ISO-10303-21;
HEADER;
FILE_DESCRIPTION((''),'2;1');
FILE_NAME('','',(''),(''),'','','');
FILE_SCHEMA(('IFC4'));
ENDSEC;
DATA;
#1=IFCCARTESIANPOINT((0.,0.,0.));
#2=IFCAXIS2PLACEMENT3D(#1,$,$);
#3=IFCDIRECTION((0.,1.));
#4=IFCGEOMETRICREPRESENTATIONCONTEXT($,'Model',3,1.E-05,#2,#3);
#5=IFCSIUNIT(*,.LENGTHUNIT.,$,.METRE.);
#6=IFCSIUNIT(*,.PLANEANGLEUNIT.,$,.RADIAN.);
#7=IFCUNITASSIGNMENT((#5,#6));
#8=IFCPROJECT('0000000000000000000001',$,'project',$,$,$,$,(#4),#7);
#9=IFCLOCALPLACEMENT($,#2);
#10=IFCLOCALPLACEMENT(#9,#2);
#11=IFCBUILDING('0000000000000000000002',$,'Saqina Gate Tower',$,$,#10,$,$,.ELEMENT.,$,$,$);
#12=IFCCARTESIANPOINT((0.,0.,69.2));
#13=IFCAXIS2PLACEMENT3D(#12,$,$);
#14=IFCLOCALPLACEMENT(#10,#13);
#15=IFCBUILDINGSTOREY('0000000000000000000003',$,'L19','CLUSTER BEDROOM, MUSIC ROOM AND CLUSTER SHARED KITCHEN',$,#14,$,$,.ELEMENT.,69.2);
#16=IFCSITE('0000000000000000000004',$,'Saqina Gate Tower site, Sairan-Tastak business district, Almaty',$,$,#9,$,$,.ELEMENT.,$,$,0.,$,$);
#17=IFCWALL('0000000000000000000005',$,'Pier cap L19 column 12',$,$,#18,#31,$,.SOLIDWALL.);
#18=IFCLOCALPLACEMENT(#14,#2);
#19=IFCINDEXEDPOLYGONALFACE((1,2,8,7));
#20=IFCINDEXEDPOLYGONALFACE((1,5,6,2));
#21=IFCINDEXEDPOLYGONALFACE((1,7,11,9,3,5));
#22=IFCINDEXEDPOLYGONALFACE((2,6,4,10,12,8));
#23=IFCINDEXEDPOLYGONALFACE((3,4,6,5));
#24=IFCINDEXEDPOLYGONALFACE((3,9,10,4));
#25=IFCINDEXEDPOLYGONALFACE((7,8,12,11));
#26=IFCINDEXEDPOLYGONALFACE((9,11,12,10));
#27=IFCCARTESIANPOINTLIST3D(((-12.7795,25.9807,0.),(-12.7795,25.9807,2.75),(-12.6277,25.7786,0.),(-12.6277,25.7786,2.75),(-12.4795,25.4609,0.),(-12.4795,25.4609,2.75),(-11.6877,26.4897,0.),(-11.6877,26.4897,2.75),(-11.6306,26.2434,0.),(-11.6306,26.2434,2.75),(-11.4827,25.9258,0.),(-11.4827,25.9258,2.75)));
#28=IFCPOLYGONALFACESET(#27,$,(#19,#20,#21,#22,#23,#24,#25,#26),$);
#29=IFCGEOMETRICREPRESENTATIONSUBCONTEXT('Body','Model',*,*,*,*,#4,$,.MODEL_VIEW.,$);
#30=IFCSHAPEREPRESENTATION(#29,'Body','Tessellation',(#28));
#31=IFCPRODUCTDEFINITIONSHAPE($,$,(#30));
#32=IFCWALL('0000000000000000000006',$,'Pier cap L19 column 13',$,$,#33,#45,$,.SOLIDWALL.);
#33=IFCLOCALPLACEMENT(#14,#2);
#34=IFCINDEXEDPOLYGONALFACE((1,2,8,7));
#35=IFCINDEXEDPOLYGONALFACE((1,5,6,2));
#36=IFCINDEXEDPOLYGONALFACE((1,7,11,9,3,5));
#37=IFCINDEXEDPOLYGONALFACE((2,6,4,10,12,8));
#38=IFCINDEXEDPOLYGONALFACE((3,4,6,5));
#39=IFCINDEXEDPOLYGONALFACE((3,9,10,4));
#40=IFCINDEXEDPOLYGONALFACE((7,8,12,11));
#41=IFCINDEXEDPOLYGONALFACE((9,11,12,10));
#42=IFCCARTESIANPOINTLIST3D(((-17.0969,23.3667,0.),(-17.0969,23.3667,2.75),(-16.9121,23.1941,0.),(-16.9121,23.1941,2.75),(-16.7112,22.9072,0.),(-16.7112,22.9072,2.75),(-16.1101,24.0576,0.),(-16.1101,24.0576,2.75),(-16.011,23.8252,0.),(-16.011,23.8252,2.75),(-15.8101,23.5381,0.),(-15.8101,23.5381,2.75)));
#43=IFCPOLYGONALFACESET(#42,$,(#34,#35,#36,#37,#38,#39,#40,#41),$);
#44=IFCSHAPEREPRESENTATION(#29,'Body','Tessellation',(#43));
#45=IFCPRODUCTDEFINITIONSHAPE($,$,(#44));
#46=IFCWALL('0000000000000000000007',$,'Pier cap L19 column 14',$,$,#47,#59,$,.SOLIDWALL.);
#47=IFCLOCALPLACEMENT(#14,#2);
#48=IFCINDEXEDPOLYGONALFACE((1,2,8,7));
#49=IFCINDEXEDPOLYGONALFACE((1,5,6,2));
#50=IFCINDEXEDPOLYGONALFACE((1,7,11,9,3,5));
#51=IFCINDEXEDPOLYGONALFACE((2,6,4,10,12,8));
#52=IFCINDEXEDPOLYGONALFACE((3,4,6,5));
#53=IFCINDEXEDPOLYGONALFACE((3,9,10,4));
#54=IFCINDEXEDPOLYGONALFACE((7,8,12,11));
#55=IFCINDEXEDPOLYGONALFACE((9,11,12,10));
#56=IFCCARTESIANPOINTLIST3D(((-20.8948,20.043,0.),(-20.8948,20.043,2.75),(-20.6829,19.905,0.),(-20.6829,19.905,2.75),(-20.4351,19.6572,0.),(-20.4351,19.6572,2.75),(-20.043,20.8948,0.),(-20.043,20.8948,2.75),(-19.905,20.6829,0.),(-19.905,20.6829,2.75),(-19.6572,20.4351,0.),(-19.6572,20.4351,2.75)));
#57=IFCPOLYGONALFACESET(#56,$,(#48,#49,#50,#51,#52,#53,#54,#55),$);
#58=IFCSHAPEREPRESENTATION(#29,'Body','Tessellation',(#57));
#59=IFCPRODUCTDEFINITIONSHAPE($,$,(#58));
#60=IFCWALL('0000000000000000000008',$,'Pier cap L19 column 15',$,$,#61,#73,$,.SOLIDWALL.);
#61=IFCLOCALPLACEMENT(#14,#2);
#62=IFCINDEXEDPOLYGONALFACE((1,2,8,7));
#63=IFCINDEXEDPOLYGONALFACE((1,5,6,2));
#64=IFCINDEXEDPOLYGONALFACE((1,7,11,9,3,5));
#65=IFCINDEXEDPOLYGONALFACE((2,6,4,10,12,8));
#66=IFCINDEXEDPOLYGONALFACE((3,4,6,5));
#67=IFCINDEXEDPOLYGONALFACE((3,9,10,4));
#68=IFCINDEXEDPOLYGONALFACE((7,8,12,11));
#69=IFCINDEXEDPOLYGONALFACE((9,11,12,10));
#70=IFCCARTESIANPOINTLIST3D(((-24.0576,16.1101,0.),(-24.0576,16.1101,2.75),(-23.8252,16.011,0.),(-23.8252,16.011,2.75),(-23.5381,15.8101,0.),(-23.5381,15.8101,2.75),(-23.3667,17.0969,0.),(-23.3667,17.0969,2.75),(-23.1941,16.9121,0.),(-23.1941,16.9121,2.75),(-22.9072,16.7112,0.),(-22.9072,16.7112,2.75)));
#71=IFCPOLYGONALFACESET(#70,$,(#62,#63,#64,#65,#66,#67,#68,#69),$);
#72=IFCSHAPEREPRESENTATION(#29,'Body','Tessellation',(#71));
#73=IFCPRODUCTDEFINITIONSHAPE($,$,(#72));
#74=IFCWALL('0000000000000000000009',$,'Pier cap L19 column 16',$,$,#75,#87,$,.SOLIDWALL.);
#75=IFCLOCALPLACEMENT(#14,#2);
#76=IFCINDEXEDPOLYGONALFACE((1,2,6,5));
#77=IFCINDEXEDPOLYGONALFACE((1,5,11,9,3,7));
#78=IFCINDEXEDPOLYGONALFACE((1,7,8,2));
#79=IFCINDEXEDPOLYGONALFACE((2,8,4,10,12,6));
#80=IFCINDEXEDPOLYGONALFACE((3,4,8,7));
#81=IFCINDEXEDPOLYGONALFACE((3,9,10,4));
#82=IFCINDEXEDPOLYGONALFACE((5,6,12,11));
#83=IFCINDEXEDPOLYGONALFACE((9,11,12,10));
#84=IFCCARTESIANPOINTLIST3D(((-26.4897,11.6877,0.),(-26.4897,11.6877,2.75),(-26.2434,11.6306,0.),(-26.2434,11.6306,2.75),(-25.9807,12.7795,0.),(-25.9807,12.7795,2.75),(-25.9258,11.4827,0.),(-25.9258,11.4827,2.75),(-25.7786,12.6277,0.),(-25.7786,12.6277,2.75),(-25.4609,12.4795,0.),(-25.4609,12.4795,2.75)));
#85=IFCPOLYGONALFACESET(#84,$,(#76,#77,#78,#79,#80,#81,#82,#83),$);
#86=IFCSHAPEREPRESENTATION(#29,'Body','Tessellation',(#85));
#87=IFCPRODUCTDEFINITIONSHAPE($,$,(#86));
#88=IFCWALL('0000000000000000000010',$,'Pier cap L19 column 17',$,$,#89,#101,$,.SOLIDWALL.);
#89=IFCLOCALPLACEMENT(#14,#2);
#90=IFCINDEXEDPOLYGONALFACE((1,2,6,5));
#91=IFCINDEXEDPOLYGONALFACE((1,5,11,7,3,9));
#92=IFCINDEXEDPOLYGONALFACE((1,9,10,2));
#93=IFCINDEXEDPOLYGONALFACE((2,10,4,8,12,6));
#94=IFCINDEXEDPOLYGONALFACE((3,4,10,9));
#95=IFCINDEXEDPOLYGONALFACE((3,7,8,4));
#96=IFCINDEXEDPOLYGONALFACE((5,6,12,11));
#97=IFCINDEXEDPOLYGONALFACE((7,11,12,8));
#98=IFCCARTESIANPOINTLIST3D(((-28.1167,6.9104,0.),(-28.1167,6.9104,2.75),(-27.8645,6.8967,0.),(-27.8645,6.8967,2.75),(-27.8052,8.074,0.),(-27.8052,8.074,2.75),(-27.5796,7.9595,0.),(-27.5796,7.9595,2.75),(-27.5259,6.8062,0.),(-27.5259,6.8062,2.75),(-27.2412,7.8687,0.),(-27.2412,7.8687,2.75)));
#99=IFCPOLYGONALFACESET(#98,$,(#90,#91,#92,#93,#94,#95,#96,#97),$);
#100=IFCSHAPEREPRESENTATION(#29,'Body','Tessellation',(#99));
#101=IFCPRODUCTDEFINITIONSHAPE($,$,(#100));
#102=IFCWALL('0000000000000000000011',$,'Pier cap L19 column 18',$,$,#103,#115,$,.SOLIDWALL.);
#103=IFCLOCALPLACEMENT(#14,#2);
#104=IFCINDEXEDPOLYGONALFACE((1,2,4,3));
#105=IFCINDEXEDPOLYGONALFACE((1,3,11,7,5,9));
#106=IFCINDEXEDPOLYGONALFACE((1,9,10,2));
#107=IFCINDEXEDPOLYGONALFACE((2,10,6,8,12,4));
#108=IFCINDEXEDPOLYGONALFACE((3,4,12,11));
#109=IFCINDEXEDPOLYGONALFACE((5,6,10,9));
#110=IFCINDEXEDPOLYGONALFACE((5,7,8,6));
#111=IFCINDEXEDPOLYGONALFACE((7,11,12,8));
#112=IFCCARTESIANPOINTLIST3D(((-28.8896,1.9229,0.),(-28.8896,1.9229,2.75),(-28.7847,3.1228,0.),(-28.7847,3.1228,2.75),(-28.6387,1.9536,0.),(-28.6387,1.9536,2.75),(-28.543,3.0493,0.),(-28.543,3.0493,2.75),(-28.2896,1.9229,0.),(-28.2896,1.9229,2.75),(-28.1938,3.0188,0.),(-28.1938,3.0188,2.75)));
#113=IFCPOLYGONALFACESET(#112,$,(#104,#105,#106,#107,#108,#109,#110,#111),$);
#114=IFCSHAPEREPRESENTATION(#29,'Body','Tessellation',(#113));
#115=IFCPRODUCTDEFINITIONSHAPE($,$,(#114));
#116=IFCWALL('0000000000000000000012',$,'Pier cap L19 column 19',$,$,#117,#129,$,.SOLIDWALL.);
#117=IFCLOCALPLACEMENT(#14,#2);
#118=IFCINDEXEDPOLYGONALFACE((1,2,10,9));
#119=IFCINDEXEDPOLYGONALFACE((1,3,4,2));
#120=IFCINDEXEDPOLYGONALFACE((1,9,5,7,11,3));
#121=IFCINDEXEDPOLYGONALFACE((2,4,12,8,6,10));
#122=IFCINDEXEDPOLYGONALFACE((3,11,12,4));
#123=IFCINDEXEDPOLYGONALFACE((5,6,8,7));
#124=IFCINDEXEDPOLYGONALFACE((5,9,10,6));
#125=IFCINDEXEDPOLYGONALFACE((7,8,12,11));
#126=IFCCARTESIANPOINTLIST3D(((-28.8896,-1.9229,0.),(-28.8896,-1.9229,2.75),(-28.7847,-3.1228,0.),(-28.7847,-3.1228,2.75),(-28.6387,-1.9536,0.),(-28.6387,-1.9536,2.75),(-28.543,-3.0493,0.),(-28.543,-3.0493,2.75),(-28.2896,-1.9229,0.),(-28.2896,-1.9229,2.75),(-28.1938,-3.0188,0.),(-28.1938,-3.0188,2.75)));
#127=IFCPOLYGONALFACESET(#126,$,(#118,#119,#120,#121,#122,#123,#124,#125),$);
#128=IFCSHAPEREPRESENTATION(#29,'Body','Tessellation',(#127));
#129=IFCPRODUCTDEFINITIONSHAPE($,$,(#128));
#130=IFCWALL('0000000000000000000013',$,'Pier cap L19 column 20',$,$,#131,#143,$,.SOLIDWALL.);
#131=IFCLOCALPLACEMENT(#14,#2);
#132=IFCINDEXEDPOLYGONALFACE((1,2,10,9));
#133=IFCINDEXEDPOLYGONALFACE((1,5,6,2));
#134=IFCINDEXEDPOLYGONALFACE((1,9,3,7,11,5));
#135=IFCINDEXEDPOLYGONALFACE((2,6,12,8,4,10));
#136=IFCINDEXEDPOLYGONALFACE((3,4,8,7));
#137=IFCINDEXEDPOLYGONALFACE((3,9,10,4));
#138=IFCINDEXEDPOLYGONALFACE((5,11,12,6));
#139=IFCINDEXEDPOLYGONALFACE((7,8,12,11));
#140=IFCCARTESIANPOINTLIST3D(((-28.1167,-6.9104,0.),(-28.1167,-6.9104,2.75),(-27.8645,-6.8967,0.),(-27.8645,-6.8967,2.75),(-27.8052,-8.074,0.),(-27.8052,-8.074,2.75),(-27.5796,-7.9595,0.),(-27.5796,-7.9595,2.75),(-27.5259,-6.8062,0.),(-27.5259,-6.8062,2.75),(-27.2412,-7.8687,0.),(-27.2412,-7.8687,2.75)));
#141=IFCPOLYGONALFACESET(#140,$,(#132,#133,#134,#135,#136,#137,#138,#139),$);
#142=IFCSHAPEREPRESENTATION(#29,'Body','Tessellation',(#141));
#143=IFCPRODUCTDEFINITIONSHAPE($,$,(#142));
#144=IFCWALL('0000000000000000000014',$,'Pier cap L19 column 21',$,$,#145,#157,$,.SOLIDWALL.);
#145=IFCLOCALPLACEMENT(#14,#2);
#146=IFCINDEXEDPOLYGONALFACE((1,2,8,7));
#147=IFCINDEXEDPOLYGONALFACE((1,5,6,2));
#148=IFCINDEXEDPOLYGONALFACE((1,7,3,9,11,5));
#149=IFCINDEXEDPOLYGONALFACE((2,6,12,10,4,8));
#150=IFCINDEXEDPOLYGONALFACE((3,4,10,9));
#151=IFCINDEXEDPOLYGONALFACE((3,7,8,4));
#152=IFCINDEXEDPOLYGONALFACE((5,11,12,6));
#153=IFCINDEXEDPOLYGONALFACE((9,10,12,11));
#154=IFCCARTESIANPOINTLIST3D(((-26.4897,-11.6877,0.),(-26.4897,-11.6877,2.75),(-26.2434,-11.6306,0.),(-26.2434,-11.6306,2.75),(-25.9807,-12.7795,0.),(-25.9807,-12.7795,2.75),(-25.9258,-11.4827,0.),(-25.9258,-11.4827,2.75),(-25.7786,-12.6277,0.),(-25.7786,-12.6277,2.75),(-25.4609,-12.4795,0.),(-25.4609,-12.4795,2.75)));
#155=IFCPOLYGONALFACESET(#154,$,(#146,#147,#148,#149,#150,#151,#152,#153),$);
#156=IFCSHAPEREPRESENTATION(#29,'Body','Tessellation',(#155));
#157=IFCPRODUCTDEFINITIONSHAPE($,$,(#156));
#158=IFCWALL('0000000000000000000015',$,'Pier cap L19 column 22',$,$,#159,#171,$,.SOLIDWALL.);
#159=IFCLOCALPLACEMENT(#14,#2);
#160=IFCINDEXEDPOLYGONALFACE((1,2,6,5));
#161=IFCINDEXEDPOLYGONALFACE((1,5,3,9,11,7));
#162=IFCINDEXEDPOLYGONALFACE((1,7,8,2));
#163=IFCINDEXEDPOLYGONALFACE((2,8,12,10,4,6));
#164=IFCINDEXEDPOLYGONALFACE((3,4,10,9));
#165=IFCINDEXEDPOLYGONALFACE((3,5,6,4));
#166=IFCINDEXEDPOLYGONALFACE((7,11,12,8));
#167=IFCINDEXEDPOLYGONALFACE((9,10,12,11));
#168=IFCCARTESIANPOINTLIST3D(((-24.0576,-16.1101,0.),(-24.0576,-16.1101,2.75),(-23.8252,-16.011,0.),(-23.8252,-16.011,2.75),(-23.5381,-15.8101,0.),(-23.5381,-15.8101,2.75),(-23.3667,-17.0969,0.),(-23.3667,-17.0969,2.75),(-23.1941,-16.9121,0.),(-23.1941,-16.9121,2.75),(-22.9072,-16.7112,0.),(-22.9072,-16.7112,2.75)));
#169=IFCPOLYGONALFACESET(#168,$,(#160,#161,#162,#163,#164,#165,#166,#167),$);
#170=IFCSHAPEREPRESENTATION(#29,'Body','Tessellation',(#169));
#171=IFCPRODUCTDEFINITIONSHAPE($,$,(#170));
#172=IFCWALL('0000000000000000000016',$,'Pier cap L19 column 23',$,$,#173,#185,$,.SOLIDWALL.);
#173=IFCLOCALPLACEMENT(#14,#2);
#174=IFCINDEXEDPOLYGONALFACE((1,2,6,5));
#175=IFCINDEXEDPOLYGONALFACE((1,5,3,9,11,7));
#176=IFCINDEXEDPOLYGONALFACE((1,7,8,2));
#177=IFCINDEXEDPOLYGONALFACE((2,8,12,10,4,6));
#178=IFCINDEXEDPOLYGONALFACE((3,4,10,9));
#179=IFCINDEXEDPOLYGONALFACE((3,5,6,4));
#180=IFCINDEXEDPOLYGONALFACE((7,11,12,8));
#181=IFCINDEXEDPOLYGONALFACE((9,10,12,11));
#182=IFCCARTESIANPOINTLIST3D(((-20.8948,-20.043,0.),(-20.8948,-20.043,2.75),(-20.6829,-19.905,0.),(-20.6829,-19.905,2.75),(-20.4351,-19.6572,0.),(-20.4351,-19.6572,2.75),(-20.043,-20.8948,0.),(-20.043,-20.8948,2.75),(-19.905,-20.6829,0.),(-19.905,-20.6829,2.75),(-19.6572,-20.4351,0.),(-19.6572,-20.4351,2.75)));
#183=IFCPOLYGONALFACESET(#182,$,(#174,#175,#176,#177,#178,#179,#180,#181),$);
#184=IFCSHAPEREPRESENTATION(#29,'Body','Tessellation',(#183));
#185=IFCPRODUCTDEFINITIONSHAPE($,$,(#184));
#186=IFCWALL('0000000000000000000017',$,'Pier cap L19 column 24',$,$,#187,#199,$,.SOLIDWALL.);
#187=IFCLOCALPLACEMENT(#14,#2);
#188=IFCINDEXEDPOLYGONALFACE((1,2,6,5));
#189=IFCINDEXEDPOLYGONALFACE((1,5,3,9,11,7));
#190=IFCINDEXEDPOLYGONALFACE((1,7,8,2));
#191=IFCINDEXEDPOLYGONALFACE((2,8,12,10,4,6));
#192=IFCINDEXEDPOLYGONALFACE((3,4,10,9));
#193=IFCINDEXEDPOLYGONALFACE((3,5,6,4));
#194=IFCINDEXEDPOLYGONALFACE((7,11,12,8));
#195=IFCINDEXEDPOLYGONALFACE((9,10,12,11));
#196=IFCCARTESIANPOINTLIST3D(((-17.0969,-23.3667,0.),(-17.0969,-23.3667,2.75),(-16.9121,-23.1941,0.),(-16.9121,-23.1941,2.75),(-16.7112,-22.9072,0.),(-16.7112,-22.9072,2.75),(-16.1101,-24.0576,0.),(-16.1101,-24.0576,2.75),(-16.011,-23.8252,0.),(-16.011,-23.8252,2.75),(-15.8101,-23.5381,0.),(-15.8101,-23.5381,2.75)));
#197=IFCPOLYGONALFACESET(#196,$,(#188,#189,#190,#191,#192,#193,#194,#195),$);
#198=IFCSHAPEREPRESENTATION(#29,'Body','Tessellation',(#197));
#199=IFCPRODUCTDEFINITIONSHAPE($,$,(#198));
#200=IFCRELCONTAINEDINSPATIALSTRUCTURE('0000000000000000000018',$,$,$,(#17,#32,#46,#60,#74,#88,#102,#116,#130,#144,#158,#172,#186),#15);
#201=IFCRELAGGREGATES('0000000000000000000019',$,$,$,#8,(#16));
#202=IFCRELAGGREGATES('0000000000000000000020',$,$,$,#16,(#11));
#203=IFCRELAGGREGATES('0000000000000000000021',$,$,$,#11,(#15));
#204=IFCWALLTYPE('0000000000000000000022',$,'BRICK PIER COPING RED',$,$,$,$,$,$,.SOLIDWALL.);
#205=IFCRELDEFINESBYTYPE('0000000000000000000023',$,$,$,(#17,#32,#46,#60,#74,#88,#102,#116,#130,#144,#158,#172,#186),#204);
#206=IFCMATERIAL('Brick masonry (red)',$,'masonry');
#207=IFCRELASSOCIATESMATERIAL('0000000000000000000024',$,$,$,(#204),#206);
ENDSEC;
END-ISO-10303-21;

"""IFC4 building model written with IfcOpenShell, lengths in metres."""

from ifc_helpers import new_model, si_unit, direction, frame, origin, place, context, subcontext, project, spatial, polyline, outline, extrude, material, type_object, element, save


model = new_model("IFC4")

# Units and contexts
model_context = context("Model", 3, precision=1e-05, world=origin(), true_north=direction((0.0, 1.0)))
body_context = subcontext(model_context, "Body", "Model", "MODEL_VIEW")
ifc_project = project(units=[si_unit("LENGTHUNIT", "METRE"), si_unit("PLANEANGLEUNIT", "RADIAN")], contexts=[model_context])

# Site, building, storey
site_placement = place(None, origin())
site = spatial("IfcSite", under=ifc_project, at=site_placement, Name="Saqina Gate Tower site, Sairan-Tastak business district, Almaty", CompositionType="ELEMENT", RefElevation=0.0)
building_placement = place(site_placement, origin())
building = spatial("IfcBuilding", under=site, at=building_placement, Name="Saqina Gate Tower", CompositionType="ELEMENT")
storey_placement = place(building_placement, frame((0.0, 0.0, 69.2)))
storey = spatial("IfcBuildingStorey", under=building, at=storey_placement, Name="L19", Description="CLUSTER BEDROOM, MUSIC ROOM AND CLUSTER SHARED KITCHEN", CompositionType="ELEMENT", Elevation=69.2)

# Walls
ifc_material_1 = material(Name="Brick masonry (red)", Category="masonry")
wall_type = type_object("IfcWallType", Name="BRICK PIER COPING RED", PredefinedType="SOLIDWALL", material=ifc_material_1)
wall_1_placement = place(storey_placement, origin())
element("IfcWall", 1, at=wall_1_placement, inside=storey, type_object=wall_type, Name="Pier cap L19 column 12", PredefinedType="SOLIDWALL", context=body_context, shape_type="SweptSolid", body=[
    extrude(outline(polyline([(-12.7795, 25.9807), (-12.4795, 25.4609), (-12.6277, 25.7786), (-11.6306, 26.2434), (-11.4827, 25.9258), (-11.6877, 26.4897), (-12.7795, 25.9807)])), origin(), (0.0, 0.0, 1.0), 2.75),
])
wall_2_placement = place(storey_placement, origin())
element("IfcWall", 2, at=wall_2_placement, inside=storey, type_object=wall_type, Name="Pier cap L19 column 13", PredefinedType="SOLIDWALL", context=body_context, shape_type="SweptSolid", body=[
    extrude(outline(polyline([(-16.1101, 24.0576), (-17.0969, 23.3667), (-16.7112, 22.9072), (-16.9121, 23.1941), (-16.011, 23.8252), (-15.8101, 23.5381), (-16.1101, 24.0576)])), origin(), (0.0, 0.0, 1.0), 2.75),
])
wall_3_placement = place(storey_placement, origin())
element("IfcWall", 3, at=wall_3_placement, inside=storey, type_object=wall_type, Name="Pier cap L19 column 14", PredefinedType="SOLIDWALL", context=body_context, shape_type="SweptSolid", body=[
    extrude(outline(polyline([(-20.8948, 20.043), (-20.4351, 19.6572), (-20.6829, 19.905), (-19.905, 20.6829), (-19.6572, 20.4351), (-20.043, 20.8948), (-20.8948, 20.043)])), origin(), (0.0, 0.0, 1.0), 2.75),
])
wall_4_placement = place(storey_placement, origin())
element("IfcWall", 4, at=wall_4_placement, inside=storey, type_object=wall_type, Name="Pier cap L19 column 15", PredefinedType="SOLIDWALL", context=body_context, shape_type="SweptSolid", body=[
    extrude(outline(polyline([(-23.3667, 17.0969), (-24.0576, 16.1101), (-23.5381, 15.8101), (-23.8252, 16.011), (-23.1941, 16.9121), (-22.9072, 16.7112), (-23.3667, 17.0969)])), origin(), (0.0, 0.0, 1.0), 2.75),
])
wall_5_placement = place(storey_placement, origin())
element("IfcWall", 5, at=wall_5_placement, inside=storey, type_object=wall_type, Name="Pier cap L19 column 16", PredefinedType="SOLIDWALL", context=body_context, shape_type="SweptSolid", body=[
    extrude(outline(polyline([(-26.4897, 11.6877), (-25.9258, 11.4827), (-26.2434, 11.6306), (-25.7786, 12.6277), (-25.4609, 12.4795), (-25.9807, 12.7795), (-26.4897, 11.6877)])), origin(), (0.0, 0.0, 1.0), 2.75),
])
wall_6_placement = place(storey_placement, origin())
element("IfcWall", 6, at=wall_6_placement, inside=storey, type_object=wall_type, Name="Pier cap L19 column 17", PredefinedType="SOLIDWALL", context=body_context, shape_type="SweptSolid", body=[
    extrude(outline(polyline([(-28.1167, 6.9104), (-27.5259, 6.8062), (-27.8645, 6.8967), (-27.5796, 7.9595), (-27.2412, 7.8687), (-27.8052, 8.074), (-28.1167, 6.9104)])), origin(), (0.0, 0.0, 1.0), 2.75),
])
wall_7_placement = place(storey_placement, origin())
element("IfcWall", 7, at=wall_7_placement, inside=storey, type_object=wall_type, Name="Pier cap L19 column 18", PredefinedType="SOLIDWALL", context=body_context, shape_type="SweptSolid", body=[
    extrude(outline(polyline([(-28.7847, 3.1228), (-28.8896, 1.9229), (-28.2896, 1.9229), (-28.6387, 1.9536), (-28.543, 3.0493), (-28.1938, 3.0188), (-28.7847, 3.1228)])), origin(), (0.0, 0.0, 1.0), 2.75),
])
wall_8_placement = place(storey_placement, origin())
element("IfcWall", 8, at=wall_8_placement, inside=storey, type_object=wall_type, Name="Pier cap L19 column 19", PredefinedType="SOLIDWALL", context=body_context, shape_type="SweptSolid", body=[
    extrude(outline(polyline([(-28.8896, -1.9229), (-28.7847, -3.1228), (-28.1938, -3.0188), (-28.543, -3.0493), (-28.6387, -1.9536), (-28.2896, -1.9229), (-28.8896, -1.9229)])), origin(), (0.0, 0.0, 1.0), 2.75),
])
wall_9_placement = place(storey_placement, origin())
element("IfcWall", 9, at=wall_9_placement, inside=storey, type_object=wall_type, Name="Pier cap L19 column 20", PredefinedType="SOLIDWALL", context=body_context, shape_type="SweptSolid", body=[
    extrude(outline(polyline([(-28.1167, -6.9104), (-27.8052, -8.074), (-27.2412, -7.8687), (-27.5796, -7.9595), (-27.8645, -6.8967), (-27.5259, -6.8062), (-28.1167, -6.9104)])), origin(), (0.0, 0.0, 1.0), 2.75),
])
wall_10_placement = place(storey_placement, origin())
element("IfcWall", 10, at=wall_10_placement, inside=storey, type_object=wall_type, Name="Pier cap L19 column 21", PredefinedType="SOLIDWALL", context=body_context, shape_type="SweptSolid", body=[
    extrude(outline(polyline([(-25.9807, -12.7795), (-25.4609, -12.4795), (-25.7786, -12.6277), (-26.2434, -11.6306), (-25.9258, -11.4827), (-26.4897, -11.6877), (-25.9807, -12.7795)])), origin(), (0.0, 0.0, 1.0), 2.75),
])
wall_11_placement = place(storey_placement, origin())
element("IfcWall", 11, at=wall_11_placement, inside=storey, type_object=wall_type, Name="Pier cap L19 column 22", PredefinedType="SOLIDWALL", context=body_context, shape_type="SweptSolid", body=[
    extrude(outline(polyline([(-24.0576, -16.1101), (-23.3667, -17.0969), (-22.9072, -16.7112), (-23.1941, -16.9121), (-23.8252, -16.011), (-23.5381, -15.8101), (-24.0576, -16.1101)])), origin(), (0.0, 0.0, 1.0), 2.75),
])
wall_12_placement = place(storey_placement, origin())
element("IfcWall", 12, at=wall_12_placement, inside=storey, type_object=wall_type, Name="Pier cap L19 column 23", PredefinedType="SOLIDWALL", context=body_context, shape_type="SweptSolid", body=[
    extrude(outline(polyline([(-20.043, -20.8948), (-19.6572, -20.4351), (-19.905, -20.6829), (-20.6829, -19.905), (-20.4351, -19.6572), (-20.8948, -20.043), (-20.043, -20.8948)])), origin(), (0.0, 0.0, 1.0), 2.75),
])
wall_13_placement = place(storey_placement, origin())
element("IfcWall", 13, at=wall_13_placement, inside=storey, type_object=wall_type, Name="Pier cap L19 column 24", PredefinedType="SOLIDWALL", context=body_context, shape_type="SweptSolid", body=[
    extrude(outline(polyline([(-17.0969, -23.3667), (-16.1101, -24.0576), (-15.8101, -23.5381), (-16.011, -23.8252), (-16.9121, -23.1941), (-16.7112, -22.9072), (-17.0969, -23.3667)])), origin(), (0.0, 0.0, 1.0), 2.75),
])

save(model, "model.ifc")
